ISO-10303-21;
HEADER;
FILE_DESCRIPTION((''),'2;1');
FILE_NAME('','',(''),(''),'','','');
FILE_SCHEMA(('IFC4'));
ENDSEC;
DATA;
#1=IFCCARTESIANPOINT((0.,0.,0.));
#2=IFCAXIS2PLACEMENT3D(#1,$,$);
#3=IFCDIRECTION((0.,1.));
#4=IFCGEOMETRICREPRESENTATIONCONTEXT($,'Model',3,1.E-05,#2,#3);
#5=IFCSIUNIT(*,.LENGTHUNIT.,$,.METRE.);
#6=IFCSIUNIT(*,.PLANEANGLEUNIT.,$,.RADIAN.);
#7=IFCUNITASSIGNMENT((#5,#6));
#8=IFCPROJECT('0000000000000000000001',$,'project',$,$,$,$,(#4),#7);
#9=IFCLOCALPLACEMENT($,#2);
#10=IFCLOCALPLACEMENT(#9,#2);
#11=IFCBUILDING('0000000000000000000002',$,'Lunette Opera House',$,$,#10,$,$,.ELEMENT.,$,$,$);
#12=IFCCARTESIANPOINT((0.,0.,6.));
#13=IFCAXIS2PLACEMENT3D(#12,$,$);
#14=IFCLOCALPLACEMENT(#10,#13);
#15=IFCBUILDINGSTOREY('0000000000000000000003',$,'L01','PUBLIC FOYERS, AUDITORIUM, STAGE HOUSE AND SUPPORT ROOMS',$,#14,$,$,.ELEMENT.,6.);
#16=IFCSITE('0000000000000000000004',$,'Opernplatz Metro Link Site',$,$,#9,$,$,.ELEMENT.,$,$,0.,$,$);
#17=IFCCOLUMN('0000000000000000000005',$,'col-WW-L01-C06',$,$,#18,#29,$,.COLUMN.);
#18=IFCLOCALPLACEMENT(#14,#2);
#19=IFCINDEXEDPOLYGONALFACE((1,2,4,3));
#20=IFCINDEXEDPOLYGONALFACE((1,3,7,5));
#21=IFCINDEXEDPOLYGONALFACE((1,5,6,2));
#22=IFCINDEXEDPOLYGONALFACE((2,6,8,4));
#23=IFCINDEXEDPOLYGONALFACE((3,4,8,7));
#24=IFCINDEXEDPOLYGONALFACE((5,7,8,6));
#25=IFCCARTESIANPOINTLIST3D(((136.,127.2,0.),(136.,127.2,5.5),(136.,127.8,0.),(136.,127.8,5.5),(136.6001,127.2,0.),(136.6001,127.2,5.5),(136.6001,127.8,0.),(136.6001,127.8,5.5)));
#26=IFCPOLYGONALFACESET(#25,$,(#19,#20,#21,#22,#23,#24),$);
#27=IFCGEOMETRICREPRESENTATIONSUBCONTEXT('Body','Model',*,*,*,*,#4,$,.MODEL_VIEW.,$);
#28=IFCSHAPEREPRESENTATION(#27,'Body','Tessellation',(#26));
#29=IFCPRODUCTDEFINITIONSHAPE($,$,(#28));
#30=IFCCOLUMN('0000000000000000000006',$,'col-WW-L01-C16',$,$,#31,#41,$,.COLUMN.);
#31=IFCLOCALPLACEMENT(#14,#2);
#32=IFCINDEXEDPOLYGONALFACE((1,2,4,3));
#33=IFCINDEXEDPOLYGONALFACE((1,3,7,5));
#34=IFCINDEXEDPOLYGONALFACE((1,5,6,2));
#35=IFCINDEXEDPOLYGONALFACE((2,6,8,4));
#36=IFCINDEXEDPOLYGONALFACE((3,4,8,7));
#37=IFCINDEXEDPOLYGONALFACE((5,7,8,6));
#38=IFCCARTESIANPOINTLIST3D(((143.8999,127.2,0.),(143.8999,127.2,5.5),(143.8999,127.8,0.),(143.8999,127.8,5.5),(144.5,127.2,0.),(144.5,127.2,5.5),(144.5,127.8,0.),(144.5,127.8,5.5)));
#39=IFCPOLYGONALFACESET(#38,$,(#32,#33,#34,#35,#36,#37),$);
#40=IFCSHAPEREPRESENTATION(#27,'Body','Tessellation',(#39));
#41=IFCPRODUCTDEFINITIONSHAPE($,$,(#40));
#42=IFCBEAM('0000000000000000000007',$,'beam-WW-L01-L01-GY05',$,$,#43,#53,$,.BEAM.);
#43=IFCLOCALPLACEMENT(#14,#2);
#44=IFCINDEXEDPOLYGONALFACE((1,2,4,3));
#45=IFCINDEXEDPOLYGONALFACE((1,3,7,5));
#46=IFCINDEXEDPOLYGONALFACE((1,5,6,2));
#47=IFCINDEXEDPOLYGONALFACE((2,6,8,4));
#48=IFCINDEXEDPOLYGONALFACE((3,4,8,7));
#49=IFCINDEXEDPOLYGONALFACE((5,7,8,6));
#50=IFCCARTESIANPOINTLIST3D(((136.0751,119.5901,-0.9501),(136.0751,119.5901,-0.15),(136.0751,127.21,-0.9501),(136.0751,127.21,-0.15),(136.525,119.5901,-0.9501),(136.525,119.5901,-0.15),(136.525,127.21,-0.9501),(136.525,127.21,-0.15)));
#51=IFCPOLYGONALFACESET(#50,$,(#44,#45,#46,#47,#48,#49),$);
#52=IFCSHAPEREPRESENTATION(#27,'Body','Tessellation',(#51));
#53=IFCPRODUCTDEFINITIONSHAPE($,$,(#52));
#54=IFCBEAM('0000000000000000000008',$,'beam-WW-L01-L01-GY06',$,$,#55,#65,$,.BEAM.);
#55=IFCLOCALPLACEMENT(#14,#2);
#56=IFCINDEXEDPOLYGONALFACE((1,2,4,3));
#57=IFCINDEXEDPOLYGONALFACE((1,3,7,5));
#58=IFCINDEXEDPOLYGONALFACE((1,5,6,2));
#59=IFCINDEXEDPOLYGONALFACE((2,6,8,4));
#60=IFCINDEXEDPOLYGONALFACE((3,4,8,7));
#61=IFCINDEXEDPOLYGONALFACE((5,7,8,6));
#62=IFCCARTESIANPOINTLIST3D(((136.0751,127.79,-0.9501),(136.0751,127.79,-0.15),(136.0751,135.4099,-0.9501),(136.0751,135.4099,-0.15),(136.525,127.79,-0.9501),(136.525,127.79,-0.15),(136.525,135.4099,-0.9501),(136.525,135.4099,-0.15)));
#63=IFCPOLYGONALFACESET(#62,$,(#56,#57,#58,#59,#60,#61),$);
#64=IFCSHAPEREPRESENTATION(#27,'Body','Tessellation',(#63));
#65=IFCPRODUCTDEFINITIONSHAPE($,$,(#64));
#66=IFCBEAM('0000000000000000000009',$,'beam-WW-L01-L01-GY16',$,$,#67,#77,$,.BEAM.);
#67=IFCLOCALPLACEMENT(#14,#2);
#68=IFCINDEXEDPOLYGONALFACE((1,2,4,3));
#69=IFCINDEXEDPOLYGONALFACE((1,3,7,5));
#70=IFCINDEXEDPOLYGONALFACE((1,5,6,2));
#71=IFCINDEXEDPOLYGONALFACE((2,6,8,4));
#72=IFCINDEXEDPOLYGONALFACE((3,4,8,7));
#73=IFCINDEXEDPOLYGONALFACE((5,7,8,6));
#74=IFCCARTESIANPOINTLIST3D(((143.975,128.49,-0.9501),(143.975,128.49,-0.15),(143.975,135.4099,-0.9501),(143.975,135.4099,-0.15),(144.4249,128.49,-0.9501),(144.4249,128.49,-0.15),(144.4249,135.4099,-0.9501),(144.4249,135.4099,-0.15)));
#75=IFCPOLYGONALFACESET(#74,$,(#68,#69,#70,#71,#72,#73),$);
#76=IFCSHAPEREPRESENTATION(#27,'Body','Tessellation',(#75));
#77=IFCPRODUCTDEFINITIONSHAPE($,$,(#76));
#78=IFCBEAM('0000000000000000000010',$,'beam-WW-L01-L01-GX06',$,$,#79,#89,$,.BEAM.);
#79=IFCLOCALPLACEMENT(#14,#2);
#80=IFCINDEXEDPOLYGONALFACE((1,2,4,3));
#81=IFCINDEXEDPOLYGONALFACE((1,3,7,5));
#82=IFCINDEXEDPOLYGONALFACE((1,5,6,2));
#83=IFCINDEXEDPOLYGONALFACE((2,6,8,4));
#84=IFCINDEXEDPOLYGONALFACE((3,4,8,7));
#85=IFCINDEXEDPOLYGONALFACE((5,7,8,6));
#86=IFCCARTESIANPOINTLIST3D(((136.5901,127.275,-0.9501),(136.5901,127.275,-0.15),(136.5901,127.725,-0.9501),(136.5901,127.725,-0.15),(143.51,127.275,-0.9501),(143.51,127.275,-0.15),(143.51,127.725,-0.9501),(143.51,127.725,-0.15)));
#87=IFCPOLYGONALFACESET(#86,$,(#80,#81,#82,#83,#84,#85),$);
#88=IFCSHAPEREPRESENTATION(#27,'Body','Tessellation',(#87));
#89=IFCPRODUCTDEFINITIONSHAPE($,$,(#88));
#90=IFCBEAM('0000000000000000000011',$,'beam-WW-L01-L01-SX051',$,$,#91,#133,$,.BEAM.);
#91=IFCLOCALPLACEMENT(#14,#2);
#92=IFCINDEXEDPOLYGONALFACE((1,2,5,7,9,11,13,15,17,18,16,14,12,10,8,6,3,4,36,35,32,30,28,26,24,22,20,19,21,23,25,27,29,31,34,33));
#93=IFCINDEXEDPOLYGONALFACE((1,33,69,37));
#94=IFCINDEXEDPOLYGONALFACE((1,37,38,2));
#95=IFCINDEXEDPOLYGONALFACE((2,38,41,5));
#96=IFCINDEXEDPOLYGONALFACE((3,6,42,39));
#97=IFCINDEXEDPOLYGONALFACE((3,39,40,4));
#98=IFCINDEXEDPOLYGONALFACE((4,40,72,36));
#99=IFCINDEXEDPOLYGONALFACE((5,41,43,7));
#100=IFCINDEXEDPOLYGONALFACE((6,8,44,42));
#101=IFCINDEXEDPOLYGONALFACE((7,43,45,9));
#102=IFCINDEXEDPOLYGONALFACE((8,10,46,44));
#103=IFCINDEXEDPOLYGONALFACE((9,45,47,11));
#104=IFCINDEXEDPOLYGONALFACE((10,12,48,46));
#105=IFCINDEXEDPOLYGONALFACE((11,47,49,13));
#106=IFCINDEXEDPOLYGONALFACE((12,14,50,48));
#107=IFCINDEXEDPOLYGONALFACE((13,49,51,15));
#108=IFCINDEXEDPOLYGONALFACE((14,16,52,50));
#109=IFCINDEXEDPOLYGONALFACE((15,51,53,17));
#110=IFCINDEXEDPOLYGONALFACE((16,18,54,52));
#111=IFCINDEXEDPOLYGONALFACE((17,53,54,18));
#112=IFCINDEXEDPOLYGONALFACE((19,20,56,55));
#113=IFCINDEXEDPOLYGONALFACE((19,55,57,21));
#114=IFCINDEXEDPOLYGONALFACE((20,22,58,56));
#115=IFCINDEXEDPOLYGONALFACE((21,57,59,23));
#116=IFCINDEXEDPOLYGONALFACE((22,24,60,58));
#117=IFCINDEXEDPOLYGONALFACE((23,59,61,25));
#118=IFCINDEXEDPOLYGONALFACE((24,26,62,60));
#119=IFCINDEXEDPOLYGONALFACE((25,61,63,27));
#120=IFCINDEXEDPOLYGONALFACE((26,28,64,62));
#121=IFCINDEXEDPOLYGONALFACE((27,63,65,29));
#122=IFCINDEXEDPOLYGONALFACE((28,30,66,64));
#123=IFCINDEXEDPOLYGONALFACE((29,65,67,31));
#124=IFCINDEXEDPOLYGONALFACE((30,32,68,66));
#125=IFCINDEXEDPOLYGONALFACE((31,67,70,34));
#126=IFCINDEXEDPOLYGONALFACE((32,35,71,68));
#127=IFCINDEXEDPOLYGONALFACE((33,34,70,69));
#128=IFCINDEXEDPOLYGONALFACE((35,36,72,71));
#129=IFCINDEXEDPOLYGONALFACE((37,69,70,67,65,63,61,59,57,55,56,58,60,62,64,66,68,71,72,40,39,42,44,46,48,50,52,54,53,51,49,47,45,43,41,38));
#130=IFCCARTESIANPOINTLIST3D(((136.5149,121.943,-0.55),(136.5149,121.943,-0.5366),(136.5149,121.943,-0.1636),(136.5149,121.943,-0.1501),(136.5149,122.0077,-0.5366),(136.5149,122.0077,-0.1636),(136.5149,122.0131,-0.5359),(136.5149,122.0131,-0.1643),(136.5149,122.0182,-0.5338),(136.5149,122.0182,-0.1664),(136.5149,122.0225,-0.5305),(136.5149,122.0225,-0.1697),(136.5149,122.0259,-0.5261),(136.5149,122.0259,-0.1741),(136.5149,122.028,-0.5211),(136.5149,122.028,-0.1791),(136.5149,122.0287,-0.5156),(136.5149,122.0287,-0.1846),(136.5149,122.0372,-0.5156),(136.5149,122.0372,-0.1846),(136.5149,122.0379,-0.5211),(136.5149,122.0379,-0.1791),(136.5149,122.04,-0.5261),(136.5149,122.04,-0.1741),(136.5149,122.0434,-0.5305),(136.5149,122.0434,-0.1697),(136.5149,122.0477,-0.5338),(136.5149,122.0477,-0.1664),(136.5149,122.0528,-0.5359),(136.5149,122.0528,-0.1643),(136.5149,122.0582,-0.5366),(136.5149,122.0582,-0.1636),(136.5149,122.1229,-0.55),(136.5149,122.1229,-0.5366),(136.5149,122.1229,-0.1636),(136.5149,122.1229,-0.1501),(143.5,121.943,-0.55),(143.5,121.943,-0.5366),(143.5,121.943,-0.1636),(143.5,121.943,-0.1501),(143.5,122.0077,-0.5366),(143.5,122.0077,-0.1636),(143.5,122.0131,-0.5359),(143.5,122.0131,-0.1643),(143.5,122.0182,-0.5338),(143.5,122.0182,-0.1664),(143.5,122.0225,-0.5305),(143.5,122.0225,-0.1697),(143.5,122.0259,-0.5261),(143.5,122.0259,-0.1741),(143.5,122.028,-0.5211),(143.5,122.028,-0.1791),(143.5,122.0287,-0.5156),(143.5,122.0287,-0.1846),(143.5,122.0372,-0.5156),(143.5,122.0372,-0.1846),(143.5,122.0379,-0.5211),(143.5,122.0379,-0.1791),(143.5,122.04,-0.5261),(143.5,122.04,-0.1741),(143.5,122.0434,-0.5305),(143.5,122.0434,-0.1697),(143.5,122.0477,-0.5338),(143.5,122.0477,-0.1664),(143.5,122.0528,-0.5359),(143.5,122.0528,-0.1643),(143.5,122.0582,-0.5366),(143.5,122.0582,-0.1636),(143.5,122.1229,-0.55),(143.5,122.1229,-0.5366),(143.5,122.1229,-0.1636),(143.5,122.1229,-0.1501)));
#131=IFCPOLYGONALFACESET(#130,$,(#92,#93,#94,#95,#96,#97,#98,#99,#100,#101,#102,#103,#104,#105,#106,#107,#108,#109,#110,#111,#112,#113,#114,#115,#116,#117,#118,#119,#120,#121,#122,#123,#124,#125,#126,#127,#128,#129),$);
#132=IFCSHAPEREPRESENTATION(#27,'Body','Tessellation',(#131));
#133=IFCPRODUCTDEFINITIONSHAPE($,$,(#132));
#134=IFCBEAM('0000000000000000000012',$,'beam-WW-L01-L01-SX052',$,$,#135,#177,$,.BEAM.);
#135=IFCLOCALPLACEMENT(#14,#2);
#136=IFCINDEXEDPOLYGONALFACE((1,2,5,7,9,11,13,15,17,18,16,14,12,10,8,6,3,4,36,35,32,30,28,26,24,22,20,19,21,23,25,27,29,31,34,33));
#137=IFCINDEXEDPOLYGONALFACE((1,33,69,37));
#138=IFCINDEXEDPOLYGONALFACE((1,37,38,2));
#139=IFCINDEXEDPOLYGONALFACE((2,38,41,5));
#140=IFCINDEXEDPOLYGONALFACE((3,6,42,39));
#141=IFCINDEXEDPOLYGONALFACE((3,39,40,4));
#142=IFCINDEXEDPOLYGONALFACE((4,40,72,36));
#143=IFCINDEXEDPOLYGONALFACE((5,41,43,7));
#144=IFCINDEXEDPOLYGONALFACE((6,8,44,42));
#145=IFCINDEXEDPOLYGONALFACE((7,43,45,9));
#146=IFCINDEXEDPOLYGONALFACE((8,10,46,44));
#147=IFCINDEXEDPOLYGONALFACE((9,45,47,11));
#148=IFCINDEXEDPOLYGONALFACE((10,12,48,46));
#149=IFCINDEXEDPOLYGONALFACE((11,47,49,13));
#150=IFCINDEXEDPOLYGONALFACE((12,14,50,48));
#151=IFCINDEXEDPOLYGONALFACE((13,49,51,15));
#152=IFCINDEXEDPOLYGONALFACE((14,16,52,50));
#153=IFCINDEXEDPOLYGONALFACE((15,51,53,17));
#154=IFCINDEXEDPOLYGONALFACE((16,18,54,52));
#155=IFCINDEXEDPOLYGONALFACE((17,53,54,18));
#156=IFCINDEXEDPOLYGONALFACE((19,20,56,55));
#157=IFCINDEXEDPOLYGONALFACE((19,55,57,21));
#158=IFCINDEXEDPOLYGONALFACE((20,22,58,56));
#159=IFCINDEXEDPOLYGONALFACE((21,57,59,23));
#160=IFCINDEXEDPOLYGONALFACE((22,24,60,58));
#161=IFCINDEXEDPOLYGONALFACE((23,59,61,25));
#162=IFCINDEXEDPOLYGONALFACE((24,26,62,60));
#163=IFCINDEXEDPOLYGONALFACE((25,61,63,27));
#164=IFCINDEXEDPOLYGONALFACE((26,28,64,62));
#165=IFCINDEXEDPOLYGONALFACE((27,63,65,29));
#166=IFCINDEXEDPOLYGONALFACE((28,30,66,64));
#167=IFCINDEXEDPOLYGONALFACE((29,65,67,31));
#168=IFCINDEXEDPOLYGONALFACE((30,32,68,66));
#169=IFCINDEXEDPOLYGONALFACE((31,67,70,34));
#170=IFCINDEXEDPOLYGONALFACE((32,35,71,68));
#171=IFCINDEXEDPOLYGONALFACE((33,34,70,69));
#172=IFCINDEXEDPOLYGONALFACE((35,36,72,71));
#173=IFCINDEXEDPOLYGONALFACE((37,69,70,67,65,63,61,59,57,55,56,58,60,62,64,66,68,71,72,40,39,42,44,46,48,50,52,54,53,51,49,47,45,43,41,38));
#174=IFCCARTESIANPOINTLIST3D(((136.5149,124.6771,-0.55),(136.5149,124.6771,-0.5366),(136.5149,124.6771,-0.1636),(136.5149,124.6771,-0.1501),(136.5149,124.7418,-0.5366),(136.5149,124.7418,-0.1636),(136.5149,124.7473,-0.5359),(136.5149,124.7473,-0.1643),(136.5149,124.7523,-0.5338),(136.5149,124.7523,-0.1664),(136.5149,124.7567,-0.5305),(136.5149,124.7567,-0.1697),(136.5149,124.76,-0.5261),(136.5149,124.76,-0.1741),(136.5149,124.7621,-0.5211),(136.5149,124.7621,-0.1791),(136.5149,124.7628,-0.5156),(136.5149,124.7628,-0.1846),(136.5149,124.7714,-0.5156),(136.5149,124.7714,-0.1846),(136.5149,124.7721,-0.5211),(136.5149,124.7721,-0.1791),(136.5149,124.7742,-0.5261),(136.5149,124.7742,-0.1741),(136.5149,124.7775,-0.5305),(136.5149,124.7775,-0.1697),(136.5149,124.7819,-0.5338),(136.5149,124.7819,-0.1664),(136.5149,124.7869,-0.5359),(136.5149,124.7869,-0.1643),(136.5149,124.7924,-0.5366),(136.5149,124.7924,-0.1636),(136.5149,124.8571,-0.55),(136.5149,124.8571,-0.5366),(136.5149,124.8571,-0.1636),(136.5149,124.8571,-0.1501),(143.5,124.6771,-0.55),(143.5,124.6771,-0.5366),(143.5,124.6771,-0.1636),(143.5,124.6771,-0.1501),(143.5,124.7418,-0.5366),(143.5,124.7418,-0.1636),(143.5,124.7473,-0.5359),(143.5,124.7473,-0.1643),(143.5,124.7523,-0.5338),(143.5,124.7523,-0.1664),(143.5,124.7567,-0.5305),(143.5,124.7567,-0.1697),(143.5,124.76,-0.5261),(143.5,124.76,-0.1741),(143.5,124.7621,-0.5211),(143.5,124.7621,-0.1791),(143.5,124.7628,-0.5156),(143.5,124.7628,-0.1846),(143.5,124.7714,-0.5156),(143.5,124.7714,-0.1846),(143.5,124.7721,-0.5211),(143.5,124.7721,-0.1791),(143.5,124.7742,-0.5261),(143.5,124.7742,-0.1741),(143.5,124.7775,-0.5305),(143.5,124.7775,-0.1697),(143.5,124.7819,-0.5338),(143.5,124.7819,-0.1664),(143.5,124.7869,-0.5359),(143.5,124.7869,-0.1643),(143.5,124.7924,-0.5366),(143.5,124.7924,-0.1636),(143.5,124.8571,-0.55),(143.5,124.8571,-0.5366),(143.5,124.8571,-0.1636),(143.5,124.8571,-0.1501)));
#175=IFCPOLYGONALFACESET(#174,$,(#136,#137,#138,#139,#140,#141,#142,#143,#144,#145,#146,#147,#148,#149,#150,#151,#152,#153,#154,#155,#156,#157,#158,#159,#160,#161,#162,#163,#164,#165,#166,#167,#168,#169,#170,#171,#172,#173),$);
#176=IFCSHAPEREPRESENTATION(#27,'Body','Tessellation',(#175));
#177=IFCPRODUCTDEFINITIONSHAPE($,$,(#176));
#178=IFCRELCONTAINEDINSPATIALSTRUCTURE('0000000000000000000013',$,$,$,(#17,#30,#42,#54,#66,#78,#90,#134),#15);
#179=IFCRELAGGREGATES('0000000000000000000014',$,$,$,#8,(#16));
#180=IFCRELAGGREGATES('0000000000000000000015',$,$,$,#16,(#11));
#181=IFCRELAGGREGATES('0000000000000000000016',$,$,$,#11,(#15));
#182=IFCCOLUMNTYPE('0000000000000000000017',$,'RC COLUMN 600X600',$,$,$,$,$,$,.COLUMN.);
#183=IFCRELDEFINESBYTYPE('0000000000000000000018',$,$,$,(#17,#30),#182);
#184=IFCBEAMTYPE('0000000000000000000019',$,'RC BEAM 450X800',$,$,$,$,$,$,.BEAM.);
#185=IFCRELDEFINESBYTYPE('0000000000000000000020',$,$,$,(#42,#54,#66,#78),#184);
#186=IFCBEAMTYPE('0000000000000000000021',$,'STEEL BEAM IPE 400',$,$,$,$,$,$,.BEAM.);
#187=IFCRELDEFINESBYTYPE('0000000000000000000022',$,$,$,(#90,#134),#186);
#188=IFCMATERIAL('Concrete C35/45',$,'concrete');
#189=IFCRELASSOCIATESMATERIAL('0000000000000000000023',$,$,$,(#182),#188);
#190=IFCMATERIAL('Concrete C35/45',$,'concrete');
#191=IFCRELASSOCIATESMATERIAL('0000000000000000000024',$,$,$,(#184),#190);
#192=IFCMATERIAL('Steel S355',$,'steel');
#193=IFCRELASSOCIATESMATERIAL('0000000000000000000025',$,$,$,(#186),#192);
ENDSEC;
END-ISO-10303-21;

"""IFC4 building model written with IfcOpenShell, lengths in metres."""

from ifc_helpers import new_model, si_unit, direction, frame, origin, origin_2d, place, context, subcontext, project, spatial, rectangle, i_section, extrude, material, material_profile, profile_set, type_object, element, save


model = new_model("IFC4")

# Units and contexts
model_context = context("Model", 3, precision=1e-05, world=origin(), true_north=direction((0.0, 1.0)))
body_context = subcontext(model_context, "Body", "Model", "MODEL_VIEW")
ifc_project = project(units=[si_unit("LENGTHUNIT", "METRE"), si_unit("PLANEANGLEUNIT", "RADIAN")], contexts=[model_context])

# Site, building, storey
site_placement = place(None, origin())
site = spatial("IfcSite", under=ifc_project, at=site_placement, Name="Opernplatz Metro Link Site", CompositionType="ELEMENT", RefElevation=0.0)
building_placement = place(site_placement, origin())
building = spatial("IfcBuilding", under=site, at=building_placement, Name="Lunette Opera House", CompositionType="ELEMENT")
storey_placement = place(building_placement, frame((0.0, 0.0, 6.0)))
storey = spatial("IfcBuildingStorey", under=building, at=storey_placement, Name="L01", Description="PUBLIC FOYERS, AUDITORIUM, STAGE HOUSE AND SUPPORT ROOMS", CompositionType="ELEMENT", Elevation=6.0)

# Columns
ifc_material_1 = material(Name="Concrete C35/45", Category="concrete")
ifc_material_profile_1 = material_profile(ifc_material_1, rectangle(XDim=0.6001, YDim=0.6001, at=origin_2d()), Name="RC COLUMN 600X600")
ifc_profile_set_1 = profile_set([ifc_material_profile_1], Name="Concrete C35/45")
column_type = type_object("IfcColumnType", Name="RC COLUMN 600X600", PredefinedType="COLUMN", material=ifc_profile_set_1)
for number, where, z_axis, x_axis, name in (
    (1, (136.3, 127.5, 0.0), (0.0, 0.0, 1.0), (1.0, 0.0, 0.0), "col-WW-L01-C06"),
    (2, (144.2, 127.5, 0.0), (0.0, 0.0, 1.0), (1.0, 0.0, 0.0), "col-WW-L01-C16"),
):
    element("IfcColumn", number, at=place(storey_placement, frame(where, z_axis=z_axis, x_axis=x_axis)), inside=storey, type_object=column_type, Name=name, PredefinedType="COLUMN", context=body_context, shape_type="SweptSolid", body=[
        extrude(rectangle(XDim=0.6001, YDim=0.6001, at=origin_2d()), origin(), (0.0, 0.0, 1.0), 5.5),
    ])

# Beams
ifc_material_2 = material(Name="Concrete C35/45", Category="concrete")
ifc_material_profile_2 = material_profile(ifc_material_2, rectangle(XDim=0.45, YDim=0.8, at=origin_2d()), Name="RC BEAM 450X800")
ifc_profile_set_2 = profile_set([ifc_material_profile_2], Name="Concrete C35/45")
beam_type_1 = type_object("IfcBeamType", Name="RC BEAM 450X800", PredefinedType="BEAM", material=ifc_profile_set_2)
for number, where, z_axis, x_axis, name in (
    (3, (136.3, 119.5901, -0.55), (0.0, 1.0, 0.0), (-1.0, 0.0, 0.0), "beam-WW-L01-L01-GY05"),
    (4, (136.3, 127.79, -0.55), (0.0, 1.0, 0.0), (-1.0, 0.0, 0.0), "beam-WW-L01-L01-GY06"),
):
    element("IfcBeam", number, at=place(storey_placement, frame(where, z_axis=z_axis, x_axis=x_axis)), inside=storey, type_object=beam_type_1, Name=name, PredefinedType="BEAM", context=body_context, shape_type="SweptSolid", body=[
        extrude(rectangle(XDim=0.45, YDim=0.8, at=origin_2d()), origin(), (0.0, 0.0, 1.0), 7.6199),
    ])
for number, where, z_axis, x_axis, name in (
    (5, (144.2, 128.49, -0.55), (0.0, 1.0, 0.0), (-1.0, 0.0, 0.0), "beam-WW-L01-L01-GY16"),
    (6, (136.5901, 127.5, -0.55), (1.0, 0.0, 0.0), (0.0, 1.0, 0.0), "beam-WW-L01-L01-GX06"),
):
    element("IfcBeam", number, at=place(storey_placement, frame(where, z_axis=z_axis, x_axis=x_axis)), inside=storey, type_object=beam_type_1, Name=name, PredefinedType="BEAM", context=body_context, shape_type="SweptSolid", body=[
        extrude(rectangle(XDim=0.45, YDim=0.8, at=origin_2d()), origin(), (0.0, 0.0, 1.0), 6.9199),
    ])
ifc_material_3 = material(Name="Steel S355", Category="steel")
ifc_material_profile_3 = material_profile(ifc_material_3, i_section(OverallWidth=0.1799, OverallDepth=0.3999, WebThickness=0.0085, FlangeThickness=0.0134, FilletRadius=0.021, at=origin_2d()), Name="IPE 400")
ifc_profile_set_3 = profile_set([ifc_material_profile_3], Name="Steel S355")
beam_type_2 = type_object("IfcBeamType", Name="STEEL BEAM IPE 400", PredefinedType="BEAM", material=ifc_profile_set_3)
for number, where, z_axis, x_axis, name in (
    (7, (136.5149, 122.033, -0.3501), (1.0, 0.0, 0.0), (0.0, 1.0, 0.0), "beam-WW-L01-L01-SX051"),
    (8, (136.5149, 124.7671, -0.3501), (1.0, 0.0, 0.0), (0.0, 1.0, 0.0), "beam-WW-L01-L01-SX052"),
):
    element("IfcBeam", number, at=place(storey_placement, frame(where, z_axis=z_axis, x_axis=x_axis)), inside=storey, type_object=beam_type_2, Name=name, PredefinedType="BEAM", context=body_context, shape_type="SweptSolid", body=[
        extrude(i_section(OverallWidth=0.1799, OverallDepth=0.3999, WebThickness=0.0085, FlangeThickness=0.0134, FilletRadius=0.021, at=origin_2d()), origin(), (0.0, 0.0, 1.0), 6.9851),
    ])

save(model, "model.ifc")
